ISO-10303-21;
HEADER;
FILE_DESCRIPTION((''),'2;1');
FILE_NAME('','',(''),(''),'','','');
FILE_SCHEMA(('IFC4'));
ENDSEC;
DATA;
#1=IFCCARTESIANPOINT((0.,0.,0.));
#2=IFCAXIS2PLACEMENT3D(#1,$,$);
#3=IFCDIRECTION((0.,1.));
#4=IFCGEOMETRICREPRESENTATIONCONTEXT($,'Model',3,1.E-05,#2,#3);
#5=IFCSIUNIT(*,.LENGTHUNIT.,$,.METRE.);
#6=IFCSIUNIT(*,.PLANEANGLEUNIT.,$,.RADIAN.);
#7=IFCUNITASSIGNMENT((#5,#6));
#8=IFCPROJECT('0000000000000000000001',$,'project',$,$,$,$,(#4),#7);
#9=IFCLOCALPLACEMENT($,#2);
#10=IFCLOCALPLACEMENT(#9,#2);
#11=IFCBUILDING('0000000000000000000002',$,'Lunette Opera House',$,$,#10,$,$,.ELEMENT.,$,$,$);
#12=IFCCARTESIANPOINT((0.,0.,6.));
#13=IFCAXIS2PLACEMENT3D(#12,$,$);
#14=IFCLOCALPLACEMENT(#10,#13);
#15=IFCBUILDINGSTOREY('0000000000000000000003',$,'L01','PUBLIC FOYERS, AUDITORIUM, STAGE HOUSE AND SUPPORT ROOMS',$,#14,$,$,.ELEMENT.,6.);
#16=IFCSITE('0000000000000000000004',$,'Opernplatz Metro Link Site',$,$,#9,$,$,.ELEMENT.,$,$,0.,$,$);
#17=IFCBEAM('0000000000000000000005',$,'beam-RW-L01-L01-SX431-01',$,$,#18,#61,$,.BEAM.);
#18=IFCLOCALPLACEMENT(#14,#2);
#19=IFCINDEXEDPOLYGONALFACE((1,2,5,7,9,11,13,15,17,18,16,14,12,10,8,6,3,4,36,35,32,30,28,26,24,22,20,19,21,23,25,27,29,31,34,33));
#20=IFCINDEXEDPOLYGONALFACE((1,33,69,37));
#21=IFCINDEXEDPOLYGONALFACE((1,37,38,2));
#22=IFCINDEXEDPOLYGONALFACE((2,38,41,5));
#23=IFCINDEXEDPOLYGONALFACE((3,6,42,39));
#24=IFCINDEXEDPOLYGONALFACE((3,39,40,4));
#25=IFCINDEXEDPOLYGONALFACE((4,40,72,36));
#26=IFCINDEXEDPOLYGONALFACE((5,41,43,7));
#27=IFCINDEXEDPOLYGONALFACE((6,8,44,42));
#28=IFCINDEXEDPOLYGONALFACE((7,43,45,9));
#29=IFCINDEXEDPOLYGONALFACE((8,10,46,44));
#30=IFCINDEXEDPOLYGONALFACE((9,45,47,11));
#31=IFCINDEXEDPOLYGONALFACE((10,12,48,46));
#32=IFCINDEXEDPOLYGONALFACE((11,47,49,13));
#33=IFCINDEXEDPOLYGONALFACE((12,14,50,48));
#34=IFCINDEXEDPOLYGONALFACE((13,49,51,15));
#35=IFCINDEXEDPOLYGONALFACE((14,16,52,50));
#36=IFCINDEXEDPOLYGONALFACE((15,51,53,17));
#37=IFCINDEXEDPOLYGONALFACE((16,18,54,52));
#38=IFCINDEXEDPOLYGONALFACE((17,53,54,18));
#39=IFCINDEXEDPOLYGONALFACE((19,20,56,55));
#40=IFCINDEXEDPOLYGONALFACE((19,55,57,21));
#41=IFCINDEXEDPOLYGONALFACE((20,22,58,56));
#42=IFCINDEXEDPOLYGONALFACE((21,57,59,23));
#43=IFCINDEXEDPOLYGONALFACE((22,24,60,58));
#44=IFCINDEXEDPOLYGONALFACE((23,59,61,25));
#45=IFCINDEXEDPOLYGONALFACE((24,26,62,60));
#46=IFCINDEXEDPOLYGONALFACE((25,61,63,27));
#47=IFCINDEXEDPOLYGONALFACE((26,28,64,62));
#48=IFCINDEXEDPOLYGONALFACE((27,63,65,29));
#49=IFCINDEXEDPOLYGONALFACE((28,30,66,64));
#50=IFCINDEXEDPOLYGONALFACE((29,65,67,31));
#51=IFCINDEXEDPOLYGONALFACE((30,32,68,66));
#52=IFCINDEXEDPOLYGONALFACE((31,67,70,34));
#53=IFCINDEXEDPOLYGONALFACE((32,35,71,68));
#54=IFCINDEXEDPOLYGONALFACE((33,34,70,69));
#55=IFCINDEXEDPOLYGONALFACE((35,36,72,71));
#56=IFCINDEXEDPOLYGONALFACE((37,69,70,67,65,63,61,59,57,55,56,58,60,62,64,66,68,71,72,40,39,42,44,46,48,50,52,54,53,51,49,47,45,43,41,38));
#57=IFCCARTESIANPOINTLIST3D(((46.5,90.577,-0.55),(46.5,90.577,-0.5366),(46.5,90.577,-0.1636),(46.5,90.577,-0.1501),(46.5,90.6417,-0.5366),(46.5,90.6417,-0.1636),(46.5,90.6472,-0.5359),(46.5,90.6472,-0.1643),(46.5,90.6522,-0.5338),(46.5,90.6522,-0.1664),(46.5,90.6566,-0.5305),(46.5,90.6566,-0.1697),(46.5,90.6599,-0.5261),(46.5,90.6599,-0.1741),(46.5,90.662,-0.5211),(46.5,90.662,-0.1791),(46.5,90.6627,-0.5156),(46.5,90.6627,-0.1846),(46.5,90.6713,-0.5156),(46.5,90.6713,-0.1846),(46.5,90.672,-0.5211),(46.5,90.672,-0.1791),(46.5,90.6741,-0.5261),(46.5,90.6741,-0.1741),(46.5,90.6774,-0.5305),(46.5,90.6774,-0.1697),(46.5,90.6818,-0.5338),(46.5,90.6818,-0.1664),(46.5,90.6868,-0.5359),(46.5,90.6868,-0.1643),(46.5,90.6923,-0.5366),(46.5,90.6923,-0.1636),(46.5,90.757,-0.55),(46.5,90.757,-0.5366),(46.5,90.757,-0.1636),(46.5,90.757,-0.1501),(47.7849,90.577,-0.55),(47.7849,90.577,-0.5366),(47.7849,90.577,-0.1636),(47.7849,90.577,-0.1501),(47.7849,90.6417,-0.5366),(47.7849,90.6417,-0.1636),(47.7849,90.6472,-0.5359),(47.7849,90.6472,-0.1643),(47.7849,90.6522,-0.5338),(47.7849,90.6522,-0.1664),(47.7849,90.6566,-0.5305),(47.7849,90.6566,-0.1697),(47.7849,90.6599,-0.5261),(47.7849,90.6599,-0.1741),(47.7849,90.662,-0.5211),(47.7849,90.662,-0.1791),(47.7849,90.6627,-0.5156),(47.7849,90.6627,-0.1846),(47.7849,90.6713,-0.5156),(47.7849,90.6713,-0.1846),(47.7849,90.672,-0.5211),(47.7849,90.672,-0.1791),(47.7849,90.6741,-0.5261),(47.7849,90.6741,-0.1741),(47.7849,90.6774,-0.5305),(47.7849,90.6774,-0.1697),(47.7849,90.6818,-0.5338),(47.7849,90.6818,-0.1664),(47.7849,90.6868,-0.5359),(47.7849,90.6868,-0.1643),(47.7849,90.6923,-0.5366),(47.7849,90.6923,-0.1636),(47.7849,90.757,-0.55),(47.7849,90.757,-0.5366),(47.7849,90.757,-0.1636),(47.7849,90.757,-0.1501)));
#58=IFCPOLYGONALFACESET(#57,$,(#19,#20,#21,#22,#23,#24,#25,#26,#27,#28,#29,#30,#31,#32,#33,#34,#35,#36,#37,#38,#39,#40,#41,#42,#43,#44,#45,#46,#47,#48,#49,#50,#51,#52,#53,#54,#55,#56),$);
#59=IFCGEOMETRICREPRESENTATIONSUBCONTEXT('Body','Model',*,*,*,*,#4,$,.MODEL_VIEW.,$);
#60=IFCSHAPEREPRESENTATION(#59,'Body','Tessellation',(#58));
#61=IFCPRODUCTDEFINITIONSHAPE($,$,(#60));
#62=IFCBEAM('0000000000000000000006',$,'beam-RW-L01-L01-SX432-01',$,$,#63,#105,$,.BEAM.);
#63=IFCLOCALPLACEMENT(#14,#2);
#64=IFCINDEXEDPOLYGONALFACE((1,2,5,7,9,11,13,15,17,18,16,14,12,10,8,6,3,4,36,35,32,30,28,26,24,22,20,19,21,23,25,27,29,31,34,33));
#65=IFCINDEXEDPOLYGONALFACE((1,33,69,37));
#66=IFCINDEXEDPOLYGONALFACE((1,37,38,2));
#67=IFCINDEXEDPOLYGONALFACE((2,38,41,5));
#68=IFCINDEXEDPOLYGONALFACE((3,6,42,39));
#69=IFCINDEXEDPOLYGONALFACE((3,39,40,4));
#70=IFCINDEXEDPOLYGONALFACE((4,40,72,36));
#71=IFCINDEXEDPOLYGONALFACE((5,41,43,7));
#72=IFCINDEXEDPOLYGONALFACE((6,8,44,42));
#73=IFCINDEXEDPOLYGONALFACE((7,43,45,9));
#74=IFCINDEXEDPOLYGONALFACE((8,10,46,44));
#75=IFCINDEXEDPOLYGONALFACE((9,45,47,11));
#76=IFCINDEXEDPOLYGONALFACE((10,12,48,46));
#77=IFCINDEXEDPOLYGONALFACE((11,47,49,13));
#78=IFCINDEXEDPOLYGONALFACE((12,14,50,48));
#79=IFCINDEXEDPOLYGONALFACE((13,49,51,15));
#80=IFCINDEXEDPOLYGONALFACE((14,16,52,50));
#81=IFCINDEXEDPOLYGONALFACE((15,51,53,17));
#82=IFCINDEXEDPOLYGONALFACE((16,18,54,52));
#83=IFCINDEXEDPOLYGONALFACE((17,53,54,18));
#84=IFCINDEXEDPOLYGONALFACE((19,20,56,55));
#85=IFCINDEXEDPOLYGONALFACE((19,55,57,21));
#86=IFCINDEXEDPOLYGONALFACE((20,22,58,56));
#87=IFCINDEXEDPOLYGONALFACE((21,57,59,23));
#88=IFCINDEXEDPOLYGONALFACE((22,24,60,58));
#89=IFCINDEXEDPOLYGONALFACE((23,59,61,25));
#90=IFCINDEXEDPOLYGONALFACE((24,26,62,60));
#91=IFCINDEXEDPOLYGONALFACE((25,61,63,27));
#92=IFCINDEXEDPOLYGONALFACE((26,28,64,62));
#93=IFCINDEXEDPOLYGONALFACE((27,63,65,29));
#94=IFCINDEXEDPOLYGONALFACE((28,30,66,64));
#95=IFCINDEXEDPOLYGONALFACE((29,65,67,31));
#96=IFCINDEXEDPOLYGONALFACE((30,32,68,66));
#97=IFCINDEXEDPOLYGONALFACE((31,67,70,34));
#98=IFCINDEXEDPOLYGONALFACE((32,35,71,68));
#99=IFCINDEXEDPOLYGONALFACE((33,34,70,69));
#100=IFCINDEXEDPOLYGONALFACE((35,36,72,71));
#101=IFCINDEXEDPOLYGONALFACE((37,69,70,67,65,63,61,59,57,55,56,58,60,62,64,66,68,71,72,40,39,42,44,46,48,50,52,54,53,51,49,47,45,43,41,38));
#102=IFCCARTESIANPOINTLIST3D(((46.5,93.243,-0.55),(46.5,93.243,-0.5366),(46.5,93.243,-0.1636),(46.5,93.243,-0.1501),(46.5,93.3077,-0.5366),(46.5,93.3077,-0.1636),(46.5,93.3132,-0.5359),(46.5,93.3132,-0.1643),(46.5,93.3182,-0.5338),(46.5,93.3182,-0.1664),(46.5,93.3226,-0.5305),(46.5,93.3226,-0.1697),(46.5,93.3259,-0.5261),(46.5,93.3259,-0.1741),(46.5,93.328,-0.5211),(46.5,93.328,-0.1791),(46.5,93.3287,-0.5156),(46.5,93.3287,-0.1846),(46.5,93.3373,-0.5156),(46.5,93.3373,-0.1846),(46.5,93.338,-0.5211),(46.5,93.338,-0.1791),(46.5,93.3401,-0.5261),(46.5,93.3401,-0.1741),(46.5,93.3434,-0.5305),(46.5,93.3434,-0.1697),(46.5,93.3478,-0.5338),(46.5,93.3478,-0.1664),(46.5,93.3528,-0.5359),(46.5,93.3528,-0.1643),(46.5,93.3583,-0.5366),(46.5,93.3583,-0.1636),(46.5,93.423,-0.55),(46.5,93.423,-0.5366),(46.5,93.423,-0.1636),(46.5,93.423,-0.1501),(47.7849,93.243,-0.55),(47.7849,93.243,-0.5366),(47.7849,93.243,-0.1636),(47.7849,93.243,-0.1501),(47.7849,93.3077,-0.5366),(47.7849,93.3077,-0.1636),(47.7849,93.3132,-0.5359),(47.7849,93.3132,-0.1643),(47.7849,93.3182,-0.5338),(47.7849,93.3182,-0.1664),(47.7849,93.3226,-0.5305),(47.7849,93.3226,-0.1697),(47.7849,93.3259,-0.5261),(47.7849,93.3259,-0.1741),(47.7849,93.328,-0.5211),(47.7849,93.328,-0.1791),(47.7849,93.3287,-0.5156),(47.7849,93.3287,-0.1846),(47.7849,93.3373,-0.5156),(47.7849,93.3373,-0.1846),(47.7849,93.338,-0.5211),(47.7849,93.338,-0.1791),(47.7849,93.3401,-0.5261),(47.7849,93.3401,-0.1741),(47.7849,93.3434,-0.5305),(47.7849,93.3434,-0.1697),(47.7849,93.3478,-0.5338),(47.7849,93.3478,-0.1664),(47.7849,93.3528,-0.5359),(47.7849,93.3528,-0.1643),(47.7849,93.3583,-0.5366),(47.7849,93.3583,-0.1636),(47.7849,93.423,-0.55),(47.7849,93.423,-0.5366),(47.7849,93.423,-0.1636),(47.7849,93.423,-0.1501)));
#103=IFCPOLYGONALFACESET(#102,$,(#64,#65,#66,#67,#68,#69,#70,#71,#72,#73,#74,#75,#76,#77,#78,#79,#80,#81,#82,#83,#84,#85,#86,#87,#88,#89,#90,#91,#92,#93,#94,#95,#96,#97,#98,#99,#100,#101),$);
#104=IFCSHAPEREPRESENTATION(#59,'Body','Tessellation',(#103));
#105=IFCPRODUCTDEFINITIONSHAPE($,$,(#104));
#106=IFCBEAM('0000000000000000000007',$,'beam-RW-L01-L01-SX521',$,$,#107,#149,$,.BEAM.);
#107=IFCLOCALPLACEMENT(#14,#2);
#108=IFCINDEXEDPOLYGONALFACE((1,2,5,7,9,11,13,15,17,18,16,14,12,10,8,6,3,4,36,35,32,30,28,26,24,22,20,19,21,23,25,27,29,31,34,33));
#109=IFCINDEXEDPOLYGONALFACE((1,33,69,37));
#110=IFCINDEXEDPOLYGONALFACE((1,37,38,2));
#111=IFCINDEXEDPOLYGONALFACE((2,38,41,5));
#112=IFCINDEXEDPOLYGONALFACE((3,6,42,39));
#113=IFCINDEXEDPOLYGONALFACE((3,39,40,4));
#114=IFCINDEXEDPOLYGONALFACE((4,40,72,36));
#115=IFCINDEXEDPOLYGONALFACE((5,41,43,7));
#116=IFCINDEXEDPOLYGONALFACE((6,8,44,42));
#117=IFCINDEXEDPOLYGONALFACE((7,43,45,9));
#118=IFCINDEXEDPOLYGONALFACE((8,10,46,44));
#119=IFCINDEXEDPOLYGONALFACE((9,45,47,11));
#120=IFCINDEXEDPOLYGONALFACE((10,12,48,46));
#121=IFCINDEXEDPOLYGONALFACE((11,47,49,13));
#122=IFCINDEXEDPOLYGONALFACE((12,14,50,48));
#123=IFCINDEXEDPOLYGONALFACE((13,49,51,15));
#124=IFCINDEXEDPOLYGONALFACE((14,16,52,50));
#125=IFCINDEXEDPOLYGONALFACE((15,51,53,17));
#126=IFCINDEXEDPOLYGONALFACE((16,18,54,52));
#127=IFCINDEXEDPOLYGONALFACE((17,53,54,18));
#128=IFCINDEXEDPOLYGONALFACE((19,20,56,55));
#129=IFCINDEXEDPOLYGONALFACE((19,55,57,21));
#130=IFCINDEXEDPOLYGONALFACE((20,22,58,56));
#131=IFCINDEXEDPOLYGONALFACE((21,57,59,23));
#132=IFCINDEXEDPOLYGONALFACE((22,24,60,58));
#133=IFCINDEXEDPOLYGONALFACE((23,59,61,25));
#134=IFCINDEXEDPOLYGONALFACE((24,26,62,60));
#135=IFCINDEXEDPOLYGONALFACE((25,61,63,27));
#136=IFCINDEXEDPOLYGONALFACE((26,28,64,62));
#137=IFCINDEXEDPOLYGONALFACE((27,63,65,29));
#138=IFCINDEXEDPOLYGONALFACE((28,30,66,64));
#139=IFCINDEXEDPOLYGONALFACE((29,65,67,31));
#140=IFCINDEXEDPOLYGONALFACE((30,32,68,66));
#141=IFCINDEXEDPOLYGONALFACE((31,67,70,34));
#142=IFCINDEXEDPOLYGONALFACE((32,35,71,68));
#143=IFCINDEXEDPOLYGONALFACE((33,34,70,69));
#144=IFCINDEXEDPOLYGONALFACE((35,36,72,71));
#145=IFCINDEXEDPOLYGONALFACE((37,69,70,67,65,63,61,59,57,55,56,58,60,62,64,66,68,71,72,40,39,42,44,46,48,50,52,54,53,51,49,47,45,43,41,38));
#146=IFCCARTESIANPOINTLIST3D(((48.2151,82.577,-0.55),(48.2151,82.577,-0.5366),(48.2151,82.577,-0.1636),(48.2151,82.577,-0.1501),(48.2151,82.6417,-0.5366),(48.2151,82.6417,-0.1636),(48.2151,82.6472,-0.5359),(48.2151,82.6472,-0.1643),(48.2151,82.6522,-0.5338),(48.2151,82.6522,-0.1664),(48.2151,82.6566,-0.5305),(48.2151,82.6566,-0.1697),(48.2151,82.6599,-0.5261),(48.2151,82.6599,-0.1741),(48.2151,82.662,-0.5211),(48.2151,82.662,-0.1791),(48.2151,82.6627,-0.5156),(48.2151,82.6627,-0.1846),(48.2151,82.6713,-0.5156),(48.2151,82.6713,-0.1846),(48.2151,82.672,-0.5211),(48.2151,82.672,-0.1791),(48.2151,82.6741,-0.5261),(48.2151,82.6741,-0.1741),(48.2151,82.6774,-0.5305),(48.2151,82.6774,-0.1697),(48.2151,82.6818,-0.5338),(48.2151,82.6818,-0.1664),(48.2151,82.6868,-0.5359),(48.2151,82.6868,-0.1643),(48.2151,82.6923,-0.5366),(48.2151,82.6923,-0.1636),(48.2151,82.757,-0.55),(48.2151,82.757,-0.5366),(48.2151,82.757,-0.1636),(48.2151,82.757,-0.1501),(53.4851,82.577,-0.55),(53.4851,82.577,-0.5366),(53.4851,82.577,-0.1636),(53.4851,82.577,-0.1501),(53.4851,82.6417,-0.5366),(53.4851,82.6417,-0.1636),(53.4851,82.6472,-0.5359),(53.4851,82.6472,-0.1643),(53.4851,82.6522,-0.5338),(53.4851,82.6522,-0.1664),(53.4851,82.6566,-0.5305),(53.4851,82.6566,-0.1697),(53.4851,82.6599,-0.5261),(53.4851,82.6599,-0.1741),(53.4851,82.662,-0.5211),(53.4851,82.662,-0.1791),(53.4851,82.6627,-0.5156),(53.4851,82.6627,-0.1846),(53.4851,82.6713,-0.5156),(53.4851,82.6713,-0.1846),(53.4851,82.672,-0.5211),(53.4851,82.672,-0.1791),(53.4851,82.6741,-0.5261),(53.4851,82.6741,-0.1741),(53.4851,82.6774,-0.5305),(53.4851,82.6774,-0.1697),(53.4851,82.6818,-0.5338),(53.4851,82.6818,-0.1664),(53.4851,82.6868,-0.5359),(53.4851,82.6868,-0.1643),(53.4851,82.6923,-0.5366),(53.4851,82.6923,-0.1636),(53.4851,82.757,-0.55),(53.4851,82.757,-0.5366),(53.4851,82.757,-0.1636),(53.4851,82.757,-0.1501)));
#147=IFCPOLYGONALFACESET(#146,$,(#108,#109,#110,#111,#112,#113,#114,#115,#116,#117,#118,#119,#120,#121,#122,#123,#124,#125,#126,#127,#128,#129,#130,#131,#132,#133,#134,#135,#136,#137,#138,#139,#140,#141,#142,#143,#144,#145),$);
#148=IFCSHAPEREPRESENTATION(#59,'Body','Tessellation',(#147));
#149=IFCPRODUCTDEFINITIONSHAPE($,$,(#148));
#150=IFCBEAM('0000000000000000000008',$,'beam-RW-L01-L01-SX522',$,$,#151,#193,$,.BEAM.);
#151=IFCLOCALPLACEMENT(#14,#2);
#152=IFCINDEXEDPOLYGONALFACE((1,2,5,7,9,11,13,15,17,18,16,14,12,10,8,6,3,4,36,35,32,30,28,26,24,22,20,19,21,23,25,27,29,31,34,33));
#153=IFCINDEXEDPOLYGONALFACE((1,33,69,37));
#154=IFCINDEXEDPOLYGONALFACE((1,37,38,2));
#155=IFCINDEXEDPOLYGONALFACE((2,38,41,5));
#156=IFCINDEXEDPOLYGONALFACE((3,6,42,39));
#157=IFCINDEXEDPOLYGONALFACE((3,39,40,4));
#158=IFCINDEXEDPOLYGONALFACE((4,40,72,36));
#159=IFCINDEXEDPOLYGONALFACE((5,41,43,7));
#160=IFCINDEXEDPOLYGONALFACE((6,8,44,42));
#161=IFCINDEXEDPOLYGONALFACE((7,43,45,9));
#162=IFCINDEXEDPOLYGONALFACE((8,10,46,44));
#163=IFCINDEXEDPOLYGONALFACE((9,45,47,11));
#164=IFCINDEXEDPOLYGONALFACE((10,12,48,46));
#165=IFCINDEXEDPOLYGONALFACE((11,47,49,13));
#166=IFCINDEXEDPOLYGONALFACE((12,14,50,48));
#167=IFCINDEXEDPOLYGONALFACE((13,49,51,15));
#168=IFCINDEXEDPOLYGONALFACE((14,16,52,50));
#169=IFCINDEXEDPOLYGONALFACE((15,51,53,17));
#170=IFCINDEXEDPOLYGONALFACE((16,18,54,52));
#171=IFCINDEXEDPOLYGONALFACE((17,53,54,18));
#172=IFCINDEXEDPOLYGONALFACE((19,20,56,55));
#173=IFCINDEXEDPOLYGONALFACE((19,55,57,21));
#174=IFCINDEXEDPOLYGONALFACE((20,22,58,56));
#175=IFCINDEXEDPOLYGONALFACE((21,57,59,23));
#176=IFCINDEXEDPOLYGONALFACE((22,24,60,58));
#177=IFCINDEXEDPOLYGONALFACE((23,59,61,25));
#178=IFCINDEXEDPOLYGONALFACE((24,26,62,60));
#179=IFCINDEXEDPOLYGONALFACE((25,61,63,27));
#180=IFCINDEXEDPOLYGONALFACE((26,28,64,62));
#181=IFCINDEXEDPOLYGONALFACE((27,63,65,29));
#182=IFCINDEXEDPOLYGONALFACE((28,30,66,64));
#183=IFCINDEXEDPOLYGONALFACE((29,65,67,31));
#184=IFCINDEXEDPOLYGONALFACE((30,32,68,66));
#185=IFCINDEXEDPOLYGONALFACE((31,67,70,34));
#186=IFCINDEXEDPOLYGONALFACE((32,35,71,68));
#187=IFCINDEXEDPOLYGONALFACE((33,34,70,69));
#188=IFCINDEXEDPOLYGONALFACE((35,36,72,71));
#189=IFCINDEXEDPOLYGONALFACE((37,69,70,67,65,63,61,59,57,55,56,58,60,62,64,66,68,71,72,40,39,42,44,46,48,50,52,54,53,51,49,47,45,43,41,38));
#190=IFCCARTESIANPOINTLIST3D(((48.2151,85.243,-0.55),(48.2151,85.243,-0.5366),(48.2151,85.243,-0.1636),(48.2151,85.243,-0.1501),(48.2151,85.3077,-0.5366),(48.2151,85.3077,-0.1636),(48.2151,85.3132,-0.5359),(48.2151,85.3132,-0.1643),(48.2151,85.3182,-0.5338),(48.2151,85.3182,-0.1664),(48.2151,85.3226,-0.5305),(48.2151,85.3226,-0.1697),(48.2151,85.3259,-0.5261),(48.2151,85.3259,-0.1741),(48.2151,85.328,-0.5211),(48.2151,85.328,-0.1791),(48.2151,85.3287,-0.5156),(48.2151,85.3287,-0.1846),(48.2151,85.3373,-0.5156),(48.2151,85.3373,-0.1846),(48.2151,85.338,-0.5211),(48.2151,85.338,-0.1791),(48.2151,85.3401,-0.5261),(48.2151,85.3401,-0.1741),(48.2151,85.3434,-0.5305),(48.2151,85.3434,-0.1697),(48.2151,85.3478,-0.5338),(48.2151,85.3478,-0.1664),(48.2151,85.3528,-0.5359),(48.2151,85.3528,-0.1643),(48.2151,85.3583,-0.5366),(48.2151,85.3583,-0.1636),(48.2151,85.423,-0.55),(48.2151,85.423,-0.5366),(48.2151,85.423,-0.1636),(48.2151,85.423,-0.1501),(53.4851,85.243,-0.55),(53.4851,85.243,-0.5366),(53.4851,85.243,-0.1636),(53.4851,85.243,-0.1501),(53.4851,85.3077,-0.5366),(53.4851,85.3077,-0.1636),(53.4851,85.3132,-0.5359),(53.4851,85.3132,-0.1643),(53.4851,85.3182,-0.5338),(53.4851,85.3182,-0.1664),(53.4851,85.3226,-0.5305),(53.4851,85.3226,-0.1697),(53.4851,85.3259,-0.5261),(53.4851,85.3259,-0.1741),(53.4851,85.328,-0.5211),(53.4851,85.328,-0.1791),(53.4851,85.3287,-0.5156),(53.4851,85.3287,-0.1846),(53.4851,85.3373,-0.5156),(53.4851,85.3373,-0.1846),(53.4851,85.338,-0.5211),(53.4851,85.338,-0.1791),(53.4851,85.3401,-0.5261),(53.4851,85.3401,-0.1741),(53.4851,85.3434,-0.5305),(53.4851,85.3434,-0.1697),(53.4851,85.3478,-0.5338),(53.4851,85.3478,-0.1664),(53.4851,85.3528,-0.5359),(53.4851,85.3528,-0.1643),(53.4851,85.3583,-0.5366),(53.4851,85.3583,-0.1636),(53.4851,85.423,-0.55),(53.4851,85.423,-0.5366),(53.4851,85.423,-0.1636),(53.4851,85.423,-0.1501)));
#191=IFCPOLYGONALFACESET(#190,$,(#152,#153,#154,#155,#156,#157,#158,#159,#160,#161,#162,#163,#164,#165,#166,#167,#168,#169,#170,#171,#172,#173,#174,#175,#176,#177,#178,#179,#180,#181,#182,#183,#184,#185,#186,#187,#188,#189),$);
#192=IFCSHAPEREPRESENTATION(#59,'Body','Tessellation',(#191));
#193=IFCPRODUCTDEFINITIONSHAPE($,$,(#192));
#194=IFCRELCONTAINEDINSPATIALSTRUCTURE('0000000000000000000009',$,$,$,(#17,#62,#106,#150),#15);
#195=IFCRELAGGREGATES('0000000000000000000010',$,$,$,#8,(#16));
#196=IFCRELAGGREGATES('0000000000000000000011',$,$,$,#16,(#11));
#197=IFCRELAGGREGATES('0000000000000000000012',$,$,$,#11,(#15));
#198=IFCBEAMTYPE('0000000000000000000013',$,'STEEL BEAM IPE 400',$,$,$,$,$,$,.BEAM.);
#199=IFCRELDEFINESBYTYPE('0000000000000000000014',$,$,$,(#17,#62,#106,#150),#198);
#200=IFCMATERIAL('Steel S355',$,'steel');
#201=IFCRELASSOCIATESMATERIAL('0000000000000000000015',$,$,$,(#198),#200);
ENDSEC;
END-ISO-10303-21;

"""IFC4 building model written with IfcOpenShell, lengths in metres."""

from ifc_helpers import new_model, si_unit, direction, frame, origin, origin_2d, place, context, subcontext, project, spatial, i_section, extrude, material, material_profile, profile_set, type_object, element, save


model = new_model("IFC4")

# Units and contexts
model_context = context("Model", 3, precision=1e-05, world=origin(), true_north=direction((0.0, 1.0)))
body_context = subcontext(model_context, "Body", "Model", "MODEL_VIEW")
ifc_project = project(units=[si_unit("LENGTHUNIT", "METRE"), si_unit("PLANEANGLEUNIT", "RADIAN")], contexts=[model_context])

# Site, building, storey
site_placement = place(None, origin())
site = spatial("IfcSite", under=ifc_project, at=site_placement, Name="Opernplatz Metro Link Site", CompositionType="ELEMENT", RefElevation=0.0)
building_placement = place(site_placement, origin())
building = spatial("IfcBuilding", under=site, at=building_placement, Name="Lunette Opera House", CompositionType="ELEMENT")
storey_placement = place(building_placement, frame((0.0, 0.0, 6.0)))
storey = spatial("IfcBuildingStorey", under=building, at=storey_placement, Name="L01", Description="PUBLIC FOYERS, AUDITORIUM, STAGE HOUSE AND SUPPORT ROOMS", CompositionType="ELEMENT", Elevation=6.0)

# Beams
ifc_material_1 = material(Name="Steel S355", Category="steel")
ifc_material_profile_1 = material_profile(ifc_material_1, i_section(OverallWidth=0.1799, OverallDepth=0.3999, WebThickness=0.0085, FlangeThickness=0.0134, FilletRadius=0.021, at=origin_2d()), Name="IPE 400")
ifc_profile_set_1 = profile_set([ifc_material_profile_1], Name="Steel S355")
beam_type_1 = type_object("IfcBeamType", Name="STEEL BEAM IPE 400", PredefinedType="BEAM", material=ifc_profile_set_1)
for number, where, z_axis, x_axis, name in (
    (1, (46.5, 90.667, -0.3501), (1.0, 0.0, 0.0), (0.0, 1.0, 0.0), "beam-RW-L01-L01-SX431-01"),
    (2, (46.5, 93.333, -0.3501), (1.0, 0.0, 0.0), (0.0, 1.0, 0.0), "beam-RW-L01-L01-SX432-01"),
):
    element("IfcBeam", number, at=place(storey_placement, frame(where, z_axis=z_axis, x_axis=x_axis)), inside=storey, type_object=beam_type_1, Name=name, PredefinedType="BEAM", context=body_context, shape_type="SweptSolid", body=[
        extrude(i_section(OverallWidth=0.1799, OverallDepth=0.3999, WebThickness=0.0085, FlangeThickness=0.0134, FilletRadius=0.021, at=origin_2d()), origin(), (0.0, 0.0, 1.0), 1.2849),
    ])
for number, where, z_axis, x_axis, name in (
    (3, (48.2151, 82.667, -0.3501), (1.0, 0.0, 0.0), (0.0, 1.0, 0.0), "beam-RW-L01-L01-SX521"),
    (4, (48.2151, 85.333, -0.3501), (1.0, 0.0, 0.0), (0.0, 1.0, 0.0), "beam-RW-L01-L01-SX522"),
):
    element("IfcBeam", number, at=place(storey_placement, frame(where, z_axis=z_axis, x_axis=x_axis)), inside=storey, type_object=beam_type_1, Name=name, PredefinedType="BEAM", context=body_context, shape_type="SweptSolid", body=[
        extrude(i_section(OverallWidth=0.1799, OverallDepth=0.3999, WebThickness=0.0085, FlangeThickness=0.0134, FilletRadius=0.021, at=origin_2d()), origin(), (0.0, 0.0, 1.0), 5.27),
    ])

save(model, "model.ifc")
